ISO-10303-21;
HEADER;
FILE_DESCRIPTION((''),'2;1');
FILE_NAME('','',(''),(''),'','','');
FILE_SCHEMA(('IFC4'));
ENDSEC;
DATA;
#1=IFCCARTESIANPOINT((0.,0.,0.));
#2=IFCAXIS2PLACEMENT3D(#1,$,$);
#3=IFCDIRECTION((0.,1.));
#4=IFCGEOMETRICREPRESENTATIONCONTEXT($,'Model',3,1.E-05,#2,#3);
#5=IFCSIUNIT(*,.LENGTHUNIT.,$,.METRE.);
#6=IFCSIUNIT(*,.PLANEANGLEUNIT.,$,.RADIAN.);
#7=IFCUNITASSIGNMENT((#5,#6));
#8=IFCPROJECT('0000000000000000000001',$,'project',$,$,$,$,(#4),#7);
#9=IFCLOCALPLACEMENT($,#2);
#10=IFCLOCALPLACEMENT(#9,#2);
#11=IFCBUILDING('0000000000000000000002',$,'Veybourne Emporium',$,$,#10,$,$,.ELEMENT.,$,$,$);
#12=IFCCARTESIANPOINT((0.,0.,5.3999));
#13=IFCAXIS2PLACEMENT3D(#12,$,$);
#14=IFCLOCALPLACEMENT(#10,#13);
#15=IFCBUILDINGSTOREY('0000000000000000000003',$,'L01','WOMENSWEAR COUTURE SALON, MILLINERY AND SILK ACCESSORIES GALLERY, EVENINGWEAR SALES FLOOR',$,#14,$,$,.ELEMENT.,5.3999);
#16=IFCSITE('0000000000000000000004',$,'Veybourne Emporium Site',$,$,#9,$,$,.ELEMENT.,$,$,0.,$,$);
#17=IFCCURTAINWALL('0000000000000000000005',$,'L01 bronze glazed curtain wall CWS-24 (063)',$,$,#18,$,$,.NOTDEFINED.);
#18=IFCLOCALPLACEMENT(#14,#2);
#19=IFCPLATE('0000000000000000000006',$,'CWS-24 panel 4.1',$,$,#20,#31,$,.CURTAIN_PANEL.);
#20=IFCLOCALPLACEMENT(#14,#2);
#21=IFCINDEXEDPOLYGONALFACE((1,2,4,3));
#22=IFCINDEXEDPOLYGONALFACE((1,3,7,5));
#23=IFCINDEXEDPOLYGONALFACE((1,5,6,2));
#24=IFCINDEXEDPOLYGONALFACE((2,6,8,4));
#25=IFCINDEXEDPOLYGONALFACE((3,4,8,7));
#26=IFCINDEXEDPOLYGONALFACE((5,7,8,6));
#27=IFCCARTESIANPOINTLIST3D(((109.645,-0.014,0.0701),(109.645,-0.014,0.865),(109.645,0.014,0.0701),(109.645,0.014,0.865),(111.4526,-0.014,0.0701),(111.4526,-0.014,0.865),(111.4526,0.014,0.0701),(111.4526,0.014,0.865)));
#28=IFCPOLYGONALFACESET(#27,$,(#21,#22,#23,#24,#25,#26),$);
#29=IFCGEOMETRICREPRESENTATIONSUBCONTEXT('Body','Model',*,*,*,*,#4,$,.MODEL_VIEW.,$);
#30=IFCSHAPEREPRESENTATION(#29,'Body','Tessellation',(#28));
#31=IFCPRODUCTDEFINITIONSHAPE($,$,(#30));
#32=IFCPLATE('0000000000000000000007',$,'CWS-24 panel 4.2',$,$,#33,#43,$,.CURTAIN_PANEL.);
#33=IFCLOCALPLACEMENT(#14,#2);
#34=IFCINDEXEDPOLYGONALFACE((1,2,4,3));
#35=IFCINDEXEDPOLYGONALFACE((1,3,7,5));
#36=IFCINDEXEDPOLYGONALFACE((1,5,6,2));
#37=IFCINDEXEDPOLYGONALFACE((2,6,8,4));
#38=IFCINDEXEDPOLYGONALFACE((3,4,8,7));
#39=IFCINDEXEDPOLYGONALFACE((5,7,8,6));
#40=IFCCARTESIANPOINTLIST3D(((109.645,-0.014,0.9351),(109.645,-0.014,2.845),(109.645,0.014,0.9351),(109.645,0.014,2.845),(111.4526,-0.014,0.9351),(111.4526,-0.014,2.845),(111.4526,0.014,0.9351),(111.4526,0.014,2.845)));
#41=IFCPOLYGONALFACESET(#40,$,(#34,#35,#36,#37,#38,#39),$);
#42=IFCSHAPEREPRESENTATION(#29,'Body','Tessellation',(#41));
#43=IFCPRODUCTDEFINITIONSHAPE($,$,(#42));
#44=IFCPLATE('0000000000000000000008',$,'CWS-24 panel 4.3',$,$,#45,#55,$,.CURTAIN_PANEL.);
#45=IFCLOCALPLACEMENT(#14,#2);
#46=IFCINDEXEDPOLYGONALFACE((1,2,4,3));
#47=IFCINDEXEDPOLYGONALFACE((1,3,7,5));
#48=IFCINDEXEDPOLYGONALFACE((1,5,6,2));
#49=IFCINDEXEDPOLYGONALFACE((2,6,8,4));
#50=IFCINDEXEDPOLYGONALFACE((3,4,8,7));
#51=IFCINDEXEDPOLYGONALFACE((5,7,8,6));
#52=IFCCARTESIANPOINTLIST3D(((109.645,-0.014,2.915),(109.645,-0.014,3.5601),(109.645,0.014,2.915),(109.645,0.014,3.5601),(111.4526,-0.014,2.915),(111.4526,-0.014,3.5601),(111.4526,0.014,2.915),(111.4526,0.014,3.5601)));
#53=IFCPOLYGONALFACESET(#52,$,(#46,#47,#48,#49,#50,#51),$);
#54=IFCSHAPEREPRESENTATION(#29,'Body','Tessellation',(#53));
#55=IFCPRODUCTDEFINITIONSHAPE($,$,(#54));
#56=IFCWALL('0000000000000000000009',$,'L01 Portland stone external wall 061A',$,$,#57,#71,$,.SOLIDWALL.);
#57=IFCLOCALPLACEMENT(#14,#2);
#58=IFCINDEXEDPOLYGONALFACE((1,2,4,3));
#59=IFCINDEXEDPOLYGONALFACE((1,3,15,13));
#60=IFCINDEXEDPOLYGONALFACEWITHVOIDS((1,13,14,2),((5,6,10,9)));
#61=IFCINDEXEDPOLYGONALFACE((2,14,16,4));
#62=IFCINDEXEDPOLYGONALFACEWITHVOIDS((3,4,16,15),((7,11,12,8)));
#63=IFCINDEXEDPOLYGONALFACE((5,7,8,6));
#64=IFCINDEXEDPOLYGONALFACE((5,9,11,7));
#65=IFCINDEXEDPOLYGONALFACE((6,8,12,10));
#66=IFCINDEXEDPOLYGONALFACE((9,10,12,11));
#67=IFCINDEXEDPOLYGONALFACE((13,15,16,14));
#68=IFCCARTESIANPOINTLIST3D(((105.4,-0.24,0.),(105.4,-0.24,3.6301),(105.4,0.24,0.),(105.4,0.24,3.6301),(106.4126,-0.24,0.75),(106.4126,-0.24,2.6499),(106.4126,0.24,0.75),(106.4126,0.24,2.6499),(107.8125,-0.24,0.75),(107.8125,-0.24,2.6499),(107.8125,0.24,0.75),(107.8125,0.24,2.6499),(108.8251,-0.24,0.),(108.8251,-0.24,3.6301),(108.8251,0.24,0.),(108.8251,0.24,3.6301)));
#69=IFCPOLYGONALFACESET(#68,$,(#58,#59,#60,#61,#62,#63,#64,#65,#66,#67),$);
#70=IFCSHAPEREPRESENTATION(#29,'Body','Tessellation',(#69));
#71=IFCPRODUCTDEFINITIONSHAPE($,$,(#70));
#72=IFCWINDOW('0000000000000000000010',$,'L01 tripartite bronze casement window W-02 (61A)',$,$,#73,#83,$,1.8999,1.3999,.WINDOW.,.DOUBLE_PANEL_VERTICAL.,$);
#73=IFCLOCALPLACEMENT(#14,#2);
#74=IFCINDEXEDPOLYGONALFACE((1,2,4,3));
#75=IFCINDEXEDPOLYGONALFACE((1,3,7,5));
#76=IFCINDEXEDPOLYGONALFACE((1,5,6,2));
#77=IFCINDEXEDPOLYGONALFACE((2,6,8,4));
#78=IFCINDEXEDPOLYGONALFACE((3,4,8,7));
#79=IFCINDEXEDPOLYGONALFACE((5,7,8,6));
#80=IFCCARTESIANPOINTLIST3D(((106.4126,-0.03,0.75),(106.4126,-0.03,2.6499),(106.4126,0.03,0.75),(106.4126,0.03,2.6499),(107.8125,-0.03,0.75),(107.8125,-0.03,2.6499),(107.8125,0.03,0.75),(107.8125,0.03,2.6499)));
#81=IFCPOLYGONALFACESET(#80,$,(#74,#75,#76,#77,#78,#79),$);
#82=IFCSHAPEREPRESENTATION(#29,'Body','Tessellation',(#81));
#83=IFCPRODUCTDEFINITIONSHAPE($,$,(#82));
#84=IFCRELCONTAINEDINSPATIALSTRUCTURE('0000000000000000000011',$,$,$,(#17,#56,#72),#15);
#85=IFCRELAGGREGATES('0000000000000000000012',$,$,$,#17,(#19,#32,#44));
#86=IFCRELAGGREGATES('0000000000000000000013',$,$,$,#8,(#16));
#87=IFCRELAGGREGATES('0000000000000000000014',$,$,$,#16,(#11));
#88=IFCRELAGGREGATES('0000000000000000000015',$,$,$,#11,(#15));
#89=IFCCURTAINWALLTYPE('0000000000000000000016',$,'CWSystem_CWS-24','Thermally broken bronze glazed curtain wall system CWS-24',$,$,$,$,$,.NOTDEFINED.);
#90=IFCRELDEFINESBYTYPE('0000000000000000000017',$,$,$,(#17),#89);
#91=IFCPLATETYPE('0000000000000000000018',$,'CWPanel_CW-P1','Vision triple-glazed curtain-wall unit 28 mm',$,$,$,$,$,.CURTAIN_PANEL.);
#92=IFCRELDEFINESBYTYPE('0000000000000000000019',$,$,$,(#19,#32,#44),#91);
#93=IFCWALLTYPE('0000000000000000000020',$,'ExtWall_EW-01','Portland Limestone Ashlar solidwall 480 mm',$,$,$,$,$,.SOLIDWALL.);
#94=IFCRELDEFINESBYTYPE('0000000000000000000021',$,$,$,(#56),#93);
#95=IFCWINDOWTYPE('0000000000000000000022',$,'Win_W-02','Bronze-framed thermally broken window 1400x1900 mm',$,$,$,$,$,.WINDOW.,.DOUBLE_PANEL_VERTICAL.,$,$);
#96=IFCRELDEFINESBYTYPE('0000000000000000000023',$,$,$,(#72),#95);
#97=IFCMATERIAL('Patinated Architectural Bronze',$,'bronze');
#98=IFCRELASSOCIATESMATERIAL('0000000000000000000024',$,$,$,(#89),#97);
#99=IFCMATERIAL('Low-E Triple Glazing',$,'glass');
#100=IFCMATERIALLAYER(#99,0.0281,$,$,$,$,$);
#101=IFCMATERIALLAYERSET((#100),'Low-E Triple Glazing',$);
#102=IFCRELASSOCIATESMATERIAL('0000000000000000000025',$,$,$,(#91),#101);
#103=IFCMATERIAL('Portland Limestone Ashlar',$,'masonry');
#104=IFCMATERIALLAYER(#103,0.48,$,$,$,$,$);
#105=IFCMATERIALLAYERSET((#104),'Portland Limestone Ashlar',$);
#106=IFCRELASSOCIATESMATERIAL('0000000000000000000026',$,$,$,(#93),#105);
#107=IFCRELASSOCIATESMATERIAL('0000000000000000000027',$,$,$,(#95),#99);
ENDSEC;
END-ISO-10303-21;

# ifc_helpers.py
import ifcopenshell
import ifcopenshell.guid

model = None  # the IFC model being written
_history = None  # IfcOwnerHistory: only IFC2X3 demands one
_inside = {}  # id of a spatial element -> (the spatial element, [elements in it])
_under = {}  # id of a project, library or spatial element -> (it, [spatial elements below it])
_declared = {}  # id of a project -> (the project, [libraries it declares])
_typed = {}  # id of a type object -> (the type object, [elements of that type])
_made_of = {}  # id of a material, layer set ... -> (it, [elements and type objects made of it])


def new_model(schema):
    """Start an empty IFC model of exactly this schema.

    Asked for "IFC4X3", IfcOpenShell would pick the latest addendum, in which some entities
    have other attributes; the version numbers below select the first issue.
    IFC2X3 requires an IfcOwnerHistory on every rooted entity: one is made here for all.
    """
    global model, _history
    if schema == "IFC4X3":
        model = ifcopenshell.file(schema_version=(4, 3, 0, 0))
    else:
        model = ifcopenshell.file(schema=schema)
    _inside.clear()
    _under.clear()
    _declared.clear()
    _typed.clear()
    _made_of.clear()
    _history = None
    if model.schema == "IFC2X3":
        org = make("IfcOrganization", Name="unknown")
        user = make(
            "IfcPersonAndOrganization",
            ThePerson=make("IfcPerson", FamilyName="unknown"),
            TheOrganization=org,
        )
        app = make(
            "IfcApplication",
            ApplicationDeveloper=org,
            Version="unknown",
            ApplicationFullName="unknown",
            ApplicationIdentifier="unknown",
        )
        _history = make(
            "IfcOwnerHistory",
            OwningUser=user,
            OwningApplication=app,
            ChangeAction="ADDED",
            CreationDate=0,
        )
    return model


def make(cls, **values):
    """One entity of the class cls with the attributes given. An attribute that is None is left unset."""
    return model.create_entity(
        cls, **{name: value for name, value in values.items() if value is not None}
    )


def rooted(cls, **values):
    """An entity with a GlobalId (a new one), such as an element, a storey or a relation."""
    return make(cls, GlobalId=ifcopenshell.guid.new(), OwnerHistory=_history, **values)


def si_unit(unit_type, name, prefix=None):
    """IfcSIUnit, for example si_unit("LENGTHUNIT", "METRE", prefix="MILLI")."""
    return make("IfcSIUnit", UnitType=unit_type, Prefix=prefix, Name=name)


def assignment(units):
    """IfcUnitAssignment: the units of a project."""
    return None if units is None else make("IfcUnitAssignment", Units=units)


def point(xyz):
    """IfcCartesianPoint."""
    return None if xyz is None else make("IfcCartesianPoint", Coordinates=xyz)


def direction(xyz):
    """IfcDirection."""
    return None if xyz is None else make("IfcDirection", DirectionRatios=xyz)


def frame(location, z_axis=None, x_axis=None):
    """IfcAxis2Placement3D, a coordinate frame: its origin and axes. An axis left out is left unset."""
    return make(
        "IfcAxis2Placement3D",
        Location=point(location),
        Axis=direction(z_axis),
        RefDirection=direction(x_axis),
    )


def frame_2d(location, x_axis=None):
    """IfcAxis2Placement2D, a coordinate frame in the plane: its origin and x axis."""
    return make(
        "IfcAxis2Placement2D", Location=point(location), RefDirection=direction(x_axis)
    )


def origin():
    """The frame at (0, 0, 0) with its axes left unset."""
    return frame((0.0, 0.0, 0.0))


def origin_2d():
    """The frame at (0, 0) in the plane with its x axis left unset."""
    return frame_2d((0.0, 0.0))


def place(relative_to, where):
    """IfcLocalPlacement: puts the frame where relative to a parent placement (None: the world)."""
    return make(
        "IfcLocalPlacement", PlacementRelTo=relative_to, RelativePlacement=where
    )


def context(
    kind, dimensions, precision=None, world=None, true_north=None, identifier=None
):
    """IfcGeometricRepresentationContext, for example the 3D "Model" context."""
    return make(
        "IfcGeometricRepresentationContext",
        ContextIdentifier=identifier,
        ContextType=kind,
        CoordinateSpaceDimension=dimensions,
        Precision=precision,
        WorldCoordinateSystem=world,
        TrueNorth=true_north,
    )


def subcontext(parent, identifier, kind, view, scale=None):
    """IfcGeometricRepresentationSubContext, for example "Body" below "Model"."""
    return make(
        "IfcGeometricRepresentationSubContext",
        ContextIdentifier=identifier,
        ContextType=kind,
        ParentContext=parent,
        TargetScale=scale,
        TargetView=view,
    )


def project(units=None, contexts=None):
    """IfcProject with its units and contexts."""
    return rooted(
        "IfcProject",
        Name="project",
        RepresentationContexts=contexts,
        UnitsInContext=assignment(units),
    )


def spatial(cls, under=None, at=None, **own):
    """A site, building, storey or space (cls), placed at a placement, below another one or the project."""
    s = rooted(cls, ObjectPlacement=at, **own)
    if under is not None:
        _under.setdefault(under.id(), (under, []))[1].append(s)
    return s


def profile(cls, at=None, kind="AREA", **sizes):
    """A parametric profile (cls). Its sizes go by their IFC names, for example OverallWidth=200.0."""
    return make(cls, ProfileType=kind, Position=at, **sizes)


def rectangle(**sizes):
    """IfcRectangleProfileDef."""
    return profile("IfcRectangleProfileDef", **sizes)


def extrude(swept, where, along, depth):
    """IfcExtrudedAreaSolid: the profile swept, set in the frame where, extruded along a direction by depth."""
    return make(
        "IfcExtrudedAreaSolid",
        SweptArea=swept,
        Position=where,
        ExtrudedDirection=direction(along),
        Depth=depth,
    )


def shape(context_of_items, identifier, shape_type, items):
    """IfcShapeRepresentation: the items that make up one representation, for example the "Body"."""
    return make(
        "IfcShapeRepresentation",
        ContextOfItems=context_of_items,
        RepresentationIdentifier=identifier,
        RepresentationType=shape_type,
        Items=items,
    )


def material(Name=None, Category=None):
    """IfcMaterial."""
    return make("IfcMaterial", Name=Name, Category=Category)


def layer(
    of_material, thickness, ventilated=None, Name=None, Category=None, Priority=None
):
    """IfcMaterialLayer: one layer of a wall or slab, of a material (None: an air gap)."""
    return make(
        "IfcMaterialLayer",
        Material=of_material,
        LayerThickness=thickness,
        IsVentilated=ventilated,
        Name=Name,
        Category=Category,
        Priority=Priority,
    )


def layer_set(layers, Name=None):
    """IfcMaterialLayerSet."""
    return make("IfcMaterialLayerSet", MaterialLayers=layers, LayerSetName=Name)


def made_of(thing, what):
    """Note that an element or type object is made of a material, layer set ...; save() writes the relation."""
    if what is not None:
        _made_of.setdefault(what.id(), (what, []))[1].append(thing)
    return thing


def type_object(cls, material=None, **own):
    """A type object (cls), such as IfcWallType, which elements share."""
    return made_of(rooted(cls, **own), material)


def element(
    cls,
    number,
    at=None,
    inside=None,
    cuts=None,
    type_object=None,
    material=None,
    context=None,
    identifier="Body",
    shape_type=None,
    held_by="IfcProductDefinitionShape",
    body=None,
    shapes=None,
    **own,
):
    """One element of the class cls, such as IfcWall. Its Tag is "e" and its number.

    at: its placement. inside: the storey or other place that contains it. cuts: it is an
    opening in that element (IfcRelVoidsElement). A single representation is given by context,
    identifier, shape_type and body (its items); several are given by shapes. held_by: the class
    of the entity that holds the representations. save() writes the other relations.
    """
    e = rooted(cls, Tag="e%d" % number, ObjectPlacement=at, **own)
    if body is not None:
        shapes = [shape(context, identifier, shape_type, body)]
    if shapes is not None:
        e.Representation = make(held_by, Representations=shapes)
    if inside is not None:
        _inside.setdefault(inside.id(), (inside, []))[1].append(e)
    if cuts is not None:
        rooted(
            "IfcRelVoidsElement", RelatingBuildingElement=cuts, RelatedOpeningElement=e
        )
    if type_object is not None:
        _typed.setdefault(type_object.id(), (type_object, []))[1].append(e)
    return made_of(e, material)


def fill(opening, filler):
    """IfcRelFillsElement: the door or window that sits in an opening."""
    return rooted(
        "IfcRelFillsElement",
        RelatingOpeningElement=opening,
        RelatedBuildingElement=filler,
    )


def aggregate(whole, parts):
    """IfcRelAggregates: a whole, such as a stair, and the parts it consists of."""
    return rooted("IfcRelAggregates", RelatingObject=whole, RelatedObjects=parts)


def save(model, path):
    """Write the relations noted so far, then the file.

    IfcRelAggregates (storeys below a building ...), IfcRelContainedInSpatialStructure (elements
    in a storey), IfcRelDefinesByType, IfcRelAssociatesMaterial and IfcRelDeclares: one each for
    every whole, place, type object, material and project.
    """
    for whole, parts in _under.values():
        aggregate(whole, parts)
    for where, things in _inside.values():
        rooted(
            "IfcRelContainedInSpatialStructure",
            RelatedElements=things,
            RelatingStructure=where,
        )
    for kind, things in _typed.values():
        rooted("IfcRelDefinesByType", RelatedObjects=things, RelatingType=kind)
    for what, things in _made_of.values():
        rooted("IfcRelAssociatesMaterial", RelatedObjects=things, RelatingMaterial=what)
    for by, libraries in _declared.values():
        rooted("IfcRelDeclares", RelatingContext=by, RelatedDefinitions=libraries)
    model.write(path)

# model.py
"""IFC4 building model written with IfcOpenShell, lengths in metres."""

from ifc_helpers import new_model, si_unit, direction, frame, frame_2d, origin, origin_2d, place, context, subcontext, project, spatial, rectangle, extrude, material, layer, layer_set, type_object, element, fill, aggregate, save


model = new_model("IFC4")

# Units and contexts
model_context = context("Model", 3, precision=1e-05, world=origin(), true_north=direction((0.0, 1.0)))
body_context = subcontext(model_context, "Body", "Model", "MODEL_VIEW")
ifc_project = project(units=[si_unit("LENGTHUNIT", "METRE"), si_unit("PLANEANGLEUNIT", "RADIAN")], contexts=[model_context])

# Site, building, storey
site_placement = place(None, origin())
site = spatial("IfcSite", under=ifc_project, at=site_placement, Name="Veybourne Emporium Site", CompositionType="ELEMENT", RefElevation=0.0)
building_placement = place(site_placement, origin())
building = spatial("IfcBuilding", under=site, at=building_placement, Name="Veybourne Emporium", CompositionType="ELEMENT")
storey_placement = place(building_placement, frame((0.0, 0.0, 5.3999)))
storey = spatial("IfcBuildingStorey", under=building, at=storey_placement, Name="L01", Description="WOMENSWEAR COUTURE SALON, MILLINERY AND SILK ACCESSORIES GALLERY, EVENINGWEAR SALES FLOOR", CompositionType="ELEMENT", Elevation=5.3999)

# Curtain wall
ifc_material_1 = material(Name="Patinated Architectural Bronze", Category="bronze")
curtain_wall_type = type_object("IfcCurtainWallType", Name="CWSystem_CWS-24", Description="Thermally broken bronze glazed curtain wall system CWS-24", PredefinedType="NOTDEFINED", material=ifc_material_1)
curtain_wall_placement = place(storey_placement, origin())
curtain_wall = element("IfcCurtainWall", 1, at=curtain_wall_placement, inside=storey, type_object=curtain_wall_type, Name="L01 bronze glazed curtain wall CWS-24 (063)", PredefinedType="NOTDEFINED")

# Plates
ifc_material_2 = material(Name="Low-E Triple Glazing", Category="glass")
ifc_layer_1 = layer(ifc_material_2, 0.0281)
ifc_layer_set_1 = layer_set([ifc_layer_1], Name="Low-E Triple Glazing")
plate_type = type_object("IfcPlateType", Name="CWPanel_CW-P1", Description="Vision triple-glazed curtain-wall unit 28 mm", PredefinedType="CURTAIN_PANEL", material=ifc_layer_set_1)
plate_1_placement = place(storey_placement, frame((110.5488, 0.0, 0.0701), z_axis=(0.0, 0.0, 1.0), x_axis=(-1.0, 0.0, 0.0)))
plate_1 = element("IfcPlate", 2, at=plate_1_placement, type_object=plate_type, Name="CWS-24 panel 4.1", PredefinedType="CURTAIN_PANEL", context=body_context, shape_type="SweptSolid", body=[
    extrude(rectangle(XDim=1.8076, YDim=0.0281, at=origin_2d()), origin(), (0.0, 0.0, 1.0), 0.7949),
])
plate_2_placement = place(storey_placement, frame((110.5488, 0.0, 0.9351), z_axis=(0.0, 0.0, 1.0), x_axis=(-1.0, 0.0, 0.0)))
plate_2 = element("IfcPlate", 3, at=plate_2_placement, type_object=plate_type, Name="CWS-24 panel 4.2", PredefinedType="CURTAIN_PANEL", context=body_context, shape_type="SweptSolid", body=[
    extrude(rectangle(XDim=1.8076, YDim=0.0281, at=origin_2d()), origin(), (0.0, 0.0, 1.0), 1.9099),
])
plate_3_placement = place(storey_placement, frame((110.5488, 0.0, 2.915), z_axis=(0.0, 0.0, 1.0), x_axis=(-1.0, 0.0, 0.0)))
plate_3 = element("IfcPlate", 4, at=plate_3_placement, type_object=plate_type, Name="CWS-24 panel 4.3", PredefinedType="CURTAIN_PANEL", context=body_context, shape_type="SweptSolid", body=[
    extrude(rectangle(XDim=1.8076, YDim=0.0281, at=origin_2d()), origin(), (0.0, 0.0, 1.0), 0.645),
])
aggregate(curtain_wall, [plate_1, plate_2, plate_3])

# Wall, opening, window
ifc_material_3 = material(Name="Portland Limestone Ashlar", Category="masonry")
ifc_layer_2 = layer(ifc_material_3, 0.48)
ifc_layer_set_2 = layer_set([ifc_layer_2], Name="Portland Limestone Ashlar")
wall_type = type_object("IfcWallType", Name="ExtWall_EW-01", Description="Portland Limestone Ashlar solidwall 480 mm", PredefinedType="SOLIDWALL", material=ifc_layer_set_2)
wall_placement = place(storey_placement, frame((108.825, 0.0, 0.0), z_axis=(0.0, 0.0, 1.0), x_axis=(-1.0, 0.0, 0.0)))
wall = element("IfcWall", 5, at=wall_placement, inside=storey, type_object=wall_type, Name="L01 Portland stone external wall 061A", PredefinedType="SOLIDWALL", context=body_context, shape_type="SweptSolid", body=[
    extrude(rectangle(XDim=3.425, YDim=0.48, at=frame_2d((1.7124, 0.0))), origin(), (0.0, 0.0, 1.0), 3.6301),
])
opening_placement = place(wall_placement, frame((1.0125, 0.0, 0.75)))
opening = element("IfcOpeningElement", 6, at=opening_placement, cuts=wall, PredefinedType="OPENING", context=body_context, shape_type="SweptSolid", body=[
    extrude(rectangle(XDim=1.3999, YDim=1.8999, at=frame_2d((0.7, 0.95))), frame((0.0, 0.26, 0.0), z_axis=(0.0, -1.0, 0.0), x_axis=(1.0, 0.0, 0.0)), (0.0, 0.0, 1.0), 0.52),
])
window_type = type_object("IfcWindowType", Name="Win_W-02", Description="Bronze-framed thermally broken window 1400x1900 mm", PartitioningType="DOUBLE_PANEL_VERTICAL", PredefinedType="WINDOW", material=ifc_material_2)
window_placement = place(opening_placement, origin())
window = element("IfcWindow", 7, at=window_placement, inside=storey, type_object=window_type, Name="L01 tripartite bronze casement window W-02 (61A)", OverallHeight=1.8999, OverallWidth=1.3999, PartitioningType="DOUBLE_PANEL_VERTICAL", PredefinedType="WINDOW", context=body_context, shape_type="SweptSolid", body=[
    extrude(rectangle(XDim=1.3999, YDim=1.8999, at=frame_2d((0.7, 0.95))), frame((0.0, 0.03, 0.0), z_axis=(0.0, -1.0, 0.0), x_axis=(1.0, 0.0, 0.0)), (0.0, 0.0, 1.0), 0.0601),
])
fill(opening, window)

save(model, "model.ifc")
